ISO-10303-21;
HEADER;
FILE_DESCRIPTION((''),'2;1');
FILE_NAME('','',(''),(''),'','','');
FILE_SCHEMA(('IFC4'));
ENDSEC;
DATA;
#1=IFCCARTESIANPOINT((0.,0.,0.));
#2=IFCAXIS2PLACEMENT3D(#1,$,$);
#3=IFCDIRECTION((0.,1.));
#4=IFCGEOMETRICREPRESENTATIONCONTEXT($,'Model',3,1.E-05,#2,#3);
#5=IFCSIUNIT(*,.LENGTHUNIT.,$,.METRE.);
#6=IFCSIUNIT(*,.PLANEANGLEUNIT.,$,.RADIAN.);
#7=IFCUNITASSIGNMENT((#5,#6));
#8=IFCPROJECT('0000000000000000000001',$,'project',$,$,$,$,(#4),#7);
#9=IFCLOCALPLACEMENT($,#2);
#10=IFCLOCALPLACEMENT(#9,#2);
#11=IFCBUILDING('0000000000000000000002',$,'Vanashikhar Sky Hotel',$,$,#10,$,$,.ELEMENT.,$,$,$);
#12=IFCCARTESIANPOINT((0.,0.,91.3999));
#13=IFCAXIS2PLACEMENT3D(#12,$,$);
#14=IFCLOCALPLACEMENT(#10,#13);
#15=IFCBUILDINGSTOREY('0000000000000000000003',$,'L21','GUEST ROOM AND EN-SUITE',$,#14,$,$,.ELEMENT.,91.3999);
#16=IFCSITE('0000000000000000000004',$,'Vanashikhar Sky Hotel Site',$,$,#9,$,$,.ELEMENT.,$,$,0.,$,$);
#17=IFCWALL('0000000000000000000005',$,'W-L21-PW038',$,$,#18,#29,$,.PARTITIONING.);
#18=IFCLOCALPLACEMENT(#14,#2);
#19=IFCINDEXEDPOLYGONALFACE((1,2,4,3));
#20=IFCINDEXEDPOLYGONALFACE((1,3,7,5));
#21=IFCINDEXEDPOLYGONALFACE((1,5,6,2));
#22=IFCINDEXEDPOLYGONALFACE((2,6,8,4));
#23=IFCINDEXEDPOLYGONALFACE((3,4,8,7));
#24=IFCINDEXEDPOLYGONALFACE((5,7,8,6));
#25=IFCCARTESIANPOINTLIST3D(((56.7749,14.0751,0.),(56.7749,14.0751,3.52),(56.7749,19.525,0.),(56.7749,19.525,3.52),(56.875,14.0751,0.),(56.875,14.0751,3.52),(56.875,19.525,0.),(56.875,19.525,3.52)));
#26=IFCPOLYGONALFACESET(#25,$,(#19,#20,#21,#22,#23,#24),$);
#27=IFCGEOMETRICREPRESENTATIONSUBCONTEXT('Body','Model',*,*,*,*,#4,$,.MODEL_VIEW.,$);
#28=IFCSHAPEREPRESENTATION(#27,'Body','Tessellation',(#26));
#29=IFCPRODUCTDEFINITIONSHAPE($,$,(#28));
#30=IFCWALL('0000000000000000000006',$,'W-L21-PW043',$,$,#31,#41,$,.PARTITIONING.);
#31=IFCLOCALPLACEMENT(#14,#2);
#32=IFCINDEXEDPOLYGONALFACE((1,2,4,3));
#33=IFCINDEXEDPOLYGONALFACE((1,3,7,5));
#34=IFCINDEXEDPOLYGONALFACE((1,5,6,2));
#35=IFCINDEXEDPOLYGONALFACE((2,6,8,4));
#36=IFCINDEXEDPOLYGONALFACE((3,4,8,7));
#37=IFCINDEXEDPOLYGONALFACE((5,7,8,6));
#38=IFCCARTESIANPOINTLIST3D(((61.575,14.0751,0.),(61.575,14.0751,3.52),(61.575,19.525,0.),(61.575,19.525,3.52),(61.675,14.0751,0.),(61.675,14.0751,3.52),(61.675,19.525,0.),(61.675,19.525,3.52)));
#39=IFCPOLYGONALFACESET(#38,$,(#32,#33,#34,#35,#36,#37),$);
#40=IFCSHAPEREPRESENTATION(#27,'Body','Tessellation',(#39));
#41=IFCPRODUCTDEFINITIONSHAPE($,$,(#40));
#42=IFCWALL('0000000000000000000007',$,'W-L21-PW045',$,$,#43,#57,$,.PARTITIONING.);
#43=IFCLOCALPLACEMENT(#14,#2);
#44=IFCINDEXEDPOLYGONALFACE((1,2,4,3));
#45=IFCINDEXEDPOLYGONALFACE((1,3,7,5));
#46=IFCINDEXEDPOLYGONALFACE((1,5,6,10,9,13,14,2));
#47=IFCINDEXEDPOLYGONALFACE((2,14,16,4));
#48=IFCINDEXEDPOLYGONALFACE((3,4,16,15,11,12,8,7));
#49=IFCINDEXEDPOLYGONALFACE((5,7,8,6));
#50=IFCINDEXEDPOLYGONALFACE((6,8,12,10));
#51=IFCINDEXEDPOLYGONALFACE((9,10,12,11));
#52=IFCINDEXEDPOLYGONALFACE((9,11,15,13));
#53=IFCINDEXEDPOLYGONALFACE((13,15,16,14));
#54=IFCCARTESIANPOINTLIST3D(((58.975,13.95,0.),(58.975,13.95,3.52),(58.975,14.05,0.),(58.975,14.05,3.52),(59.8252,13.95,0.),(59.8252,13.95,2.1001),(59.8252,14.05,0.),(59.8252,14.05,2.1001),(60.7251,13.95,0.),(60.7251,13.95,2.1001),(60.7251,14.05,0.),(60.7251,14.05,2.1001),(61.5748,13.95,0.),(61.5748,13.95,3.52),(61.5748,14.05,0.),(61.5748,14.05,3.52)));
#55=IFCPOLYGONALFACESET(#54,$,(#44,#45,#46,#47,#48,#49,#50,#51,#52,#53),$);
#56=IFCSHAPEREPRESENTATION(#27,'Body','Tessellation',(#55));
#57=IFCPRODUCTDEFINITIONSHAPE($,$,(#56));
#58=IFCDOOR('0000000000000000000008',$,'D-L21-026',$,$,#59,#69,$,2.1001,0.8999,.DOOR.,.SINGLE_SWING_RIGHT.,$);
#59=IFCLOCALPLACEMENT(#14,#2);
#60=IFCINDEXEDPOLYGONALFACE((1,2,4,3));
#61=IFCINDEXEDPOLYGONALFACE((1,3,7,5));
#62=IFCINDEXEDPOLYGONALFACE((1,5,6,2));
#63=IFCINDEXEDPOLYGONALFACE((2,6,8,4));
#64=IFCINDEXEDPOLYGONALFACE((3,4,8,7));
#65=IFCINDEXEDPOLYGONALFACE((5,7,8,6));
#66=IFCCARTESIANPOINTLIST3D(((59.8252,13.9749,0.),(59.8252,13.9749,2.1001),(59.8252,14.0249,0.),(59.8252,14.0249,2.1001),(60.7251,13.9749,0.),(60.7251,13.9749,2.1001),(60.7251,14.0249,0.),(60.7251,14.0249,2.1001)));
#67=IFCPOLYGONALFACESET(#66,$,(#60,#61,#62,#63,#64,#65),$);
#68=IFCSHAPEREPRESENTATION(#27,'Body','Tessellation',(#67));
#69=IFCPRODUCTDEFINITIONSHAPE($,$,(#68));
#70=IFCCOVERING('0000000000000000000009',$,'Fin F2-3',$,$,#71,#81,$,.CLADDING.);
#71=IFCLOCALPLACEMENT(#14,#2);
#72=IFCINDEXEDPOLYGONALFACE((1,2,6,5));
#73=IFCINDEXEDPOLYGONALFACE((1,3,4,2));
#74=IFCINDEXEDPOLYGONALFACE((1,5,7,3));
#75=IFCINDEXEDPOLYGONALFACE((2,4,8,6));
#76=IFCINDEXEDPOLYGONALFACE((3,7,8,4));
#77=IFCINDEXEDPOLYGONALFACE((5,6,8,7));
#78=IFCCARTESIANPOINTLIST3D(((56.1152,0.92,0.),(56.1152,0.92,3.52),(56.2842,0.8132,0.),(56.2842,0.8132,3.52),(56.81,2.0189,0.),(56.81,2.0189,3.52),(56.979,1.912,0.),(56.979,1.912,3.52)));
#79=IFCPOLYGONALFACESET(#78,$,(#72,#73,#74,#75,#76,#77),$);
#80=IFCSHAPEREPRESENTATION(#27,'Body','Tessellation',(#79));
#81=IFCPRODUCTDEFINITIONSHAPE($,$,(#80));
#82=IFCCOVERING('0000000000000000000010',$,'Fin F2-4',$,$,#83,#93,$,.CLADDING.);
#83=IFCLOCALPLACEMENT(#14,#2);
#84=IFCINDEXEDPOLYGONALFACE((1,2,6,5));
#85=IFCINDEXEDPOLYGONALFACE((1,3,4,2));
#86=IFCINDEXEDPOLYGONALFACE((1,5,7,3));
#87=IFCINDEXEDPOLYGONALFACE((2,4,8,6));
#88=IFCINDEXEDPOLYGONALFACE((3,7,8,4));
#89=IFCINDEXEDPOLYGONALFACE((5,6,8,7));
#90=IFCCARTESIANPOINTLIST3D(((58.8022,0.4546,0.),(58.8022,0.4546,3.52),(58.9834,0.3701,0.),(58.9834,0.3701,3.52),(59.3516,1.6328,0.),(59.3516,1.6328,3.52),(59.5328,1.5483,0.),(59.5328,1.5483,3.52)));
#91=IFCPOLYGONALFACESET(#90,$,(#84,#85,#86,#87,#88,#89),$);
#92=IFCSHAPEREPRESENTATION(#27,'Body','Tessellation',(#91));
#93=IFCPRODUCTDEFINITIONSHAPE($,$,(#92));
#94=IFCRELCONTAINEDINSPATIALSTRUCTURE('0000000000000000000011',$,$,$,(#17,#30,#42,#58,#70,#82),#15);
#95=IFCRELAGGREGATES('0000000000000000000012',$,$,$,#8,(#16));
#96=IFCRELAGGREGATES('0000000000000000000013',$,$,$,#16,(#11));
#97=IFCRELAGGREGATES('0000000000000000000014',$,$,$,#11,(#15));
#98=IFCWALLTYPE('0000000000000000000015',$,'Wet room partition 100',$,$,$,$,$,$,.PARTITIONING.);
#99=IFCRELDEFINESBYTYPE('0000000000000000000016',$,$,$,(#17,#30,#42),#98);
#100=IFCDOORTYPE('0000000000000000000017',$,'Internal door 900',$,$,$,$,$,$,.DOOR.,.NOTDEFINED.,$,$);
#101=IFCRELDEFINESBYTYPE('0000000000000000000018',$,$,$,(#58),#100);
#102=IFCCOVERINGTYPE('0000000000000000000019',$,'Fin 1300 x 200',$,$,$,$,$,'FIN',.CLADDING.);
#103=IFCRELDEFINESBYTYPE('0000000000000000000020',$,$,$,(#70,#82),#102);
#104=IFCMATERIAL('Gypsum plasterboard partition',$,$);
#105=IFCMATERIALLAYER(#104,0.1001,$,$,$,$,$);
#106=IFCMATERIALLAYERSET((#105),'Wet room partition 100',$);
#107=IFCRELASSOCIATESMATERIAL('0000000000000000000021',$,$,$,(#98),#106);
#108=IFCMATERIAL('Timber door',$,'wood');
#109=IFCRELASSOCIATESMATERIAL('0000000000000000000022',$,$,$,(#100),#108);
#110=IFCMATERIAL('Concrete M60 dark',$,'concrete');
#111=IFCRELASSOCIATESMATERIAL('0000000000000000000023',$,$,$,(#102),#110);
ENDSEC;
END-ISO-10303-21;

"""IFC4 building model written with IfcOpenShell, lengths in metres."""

from ifc_helpers import new_model, si_unit, direction, frame, frame_2d, origin, origin_2d, place, context, subcontext, project, spatial, rectangle, extrude, source, transform, mapped, material, layer, layer_set, material_profile, profile_set, type_object, element, fill, save


model = new_model("IFC4")

# Units and contexts
model_context = context("Model", 3, precision=1e-05, world=origin(), true_north=direction((0.0, 1.0)))
body_context = subcontext(model_context, "Body", "Model", "MODEL_VIEW")
ifc_project = project(units=[si_unit("LENGTHUNIT", "METRE"), si_unit("PLANEANGLEUNIT", "RADIAN")], contexts=[model_context])

# Site, building, storey
site_placement = place(None, origin())
site = spatial("IfcSite", under=ifc_project, at=site_placement, Name="Vanashikhar Sky Hotel Site", CompositionType="ELEMENT", RefElevation=0.0)
building_placement = place(site_placement, origin())
building = spatial("IfcBuilding", under=site, at=building_placement, Name="Vanashikhar Sky Hotel", CompositionType="ELEMENT")
storey_placement = place(building_placement, frame((0.0, 0.0, 91.3999)))
storey = spatial("IfcBuildingStorey", under=building, at=storey_placement, Name="L21", Description="GUEST ROOM AND EN-SUITE", CompositionType="ELEMENT", Elevation=91.3999)

# Walls
ifc_material_1 = material(Name="Gypsum plasterboard partition")
ifc_layer_1 = layer(ifc_material_1, 0.1001)
ifc_layer_set_1 = layer_set([ifc_layer_1], Name="Wet room partition 100")
wall_type_1 = type_object("IfcWallType", Name="Wet room partition 100", PredefinedType="PARTITIONING", material=ifc_layer_set_1)
shared_shape_1 = source(origin(), body_context, "Body", "SweptSolid", [
    extrude(rectangle(XDim=5.45, YDim=0.1001, at=frame_2d((2.7251, 0.0))), origin(), (0.0, 0.0, 1.0), 3.52),
])
for number, where, z_axis, x_axis, name in (
    (1, (56.825, 14.075, 0.0), (0.0, 0.0, 1.0), (0.0, 1.0, 0.0), "W-L21-PW038"),
    (2, (61.625, 14.075, 0.0), (0.0, 0.0, 1.0), (0.0, 1.0, 0.0), "W-L21-PW043"),
):
    element("IfcWall", number, at=place(storey_placement, frame(where, z_axis=z_axis, x_axis=x_axis)), inside=storey, type_object=wall_type_1, Name=name, PredefinedType="PARTITIONING", context=body_context, shape_type="MappedRepresentation", body=[
        mapped(shared_shape_1, transform((0.0, 0.0, 0.0), scale=1.0)),
    ])

# Wall, opening, door
shared_shape_2 = source(origin(), body_context, "Body", "SweptSolid", [
    extrude(rectangle(XDim=2.5999, YDim=0.1001, at=frame_2d((1.2998, 0.0))), origin(), (0.0, 0.0, 1.0), 3.52),
])
wall_1_placement = place(storey_placement, frame((58.9751, 14.0, 0.0), z_axis=(0.0, 0.0, 1.0), x_axis=(1.0, 0.0, 0.0)))
wall_1 = element("IfcWall", 3, at=wall_1_placement, inside=storey, type_object=wall_type_1, Name="W-L21-PW045", PredefinedType="PARTITIONING", context=body_context, shape_type="MappedRepresentation", body=[
    mapped(shared_shape_2, transform((0.0, 0.0, 0.0), scale=1.0)),
])
shared_shape_3 = source(origin(), body_context, "Body", "SweptSolid", [
    extrude(rectangle(XDim=0.8999, YDim=2.1001, at=frame_2d((0.45, 1.05))), frame((0.0, 0.0601, 0.0), z_axis=(0.0, -1.0, 0.0), x_axis=(1.0, 0.0, 0.0)), (0.0, 0.0, 1.0), 0.1201),
])
opening_1_placement = place(wall_1_placement, frame((0.8501, 0.0, 0.0)))
opening_1 = element("IfcOpeningElement", 4, at=opening_1_placement, cuts=wall_1, PredefinedType="OPENING", context=body_context, shape_type="MappedRepresentation", body=[
    mapped(shared_shape_3, transform((0.0, 0.0, 0.0), scale=1.0)),
])
ifc_material_2 = material(Name="Timber door", Category="wood")
door_type = type_object("IfcDoorType", Name="Internal door 900", OperationType="NOTDEFINED", PredefinedType="DOOR", material=ifc_material_2)
shared_shape_4 = source(origin(), body_context, "Body", "SweptSolid", [
    extrude(rectangle(XDim=0.8999, YDim=2.1001, at=frame_2d((0.45, 1.05))), frame((0.0, 0.0249, 0.0), z_axis=(0.0, -1.0, 0.0), x_axis=(1.0, 0.0, 0.0)), (0.0, 0.0, 1.0), 0.05),
])
door_placement = place(opening_1_placement, origin())
door = element("IfcDoor", 5, at=door_placement, inside=storey, type_object=door_type, Name="D-L21-026", OperationType="SINGLE_SWING_RIGHT", OverallHeight=2.1001, OverallWidth=0.8999, PredefinedType="DOOR", context=body_context, shape_type="MappedRepresentation", body=[
    mapped(shared_shape_4, transform((0.0, 0.0, 0.0), scale=1.0)),
])
fill(opening_1, door)

# Coverings
ifc_material_3 = material(Name="Concrete M60 dark", Category="concrete")
ifc_material_profile = material_profile(ifc_material_3, rectangle(XDim=1.3, YDim=0.2, at=origin_2d()))
ifc_profile_set = profile_set([ifc_material_profile], Name="Fin 1300 x 200")
covering_type = type_object("IfcCoveringType", Name="Fin 1300 x 200", ElementType="FIN", PredefinedType="CLADDING", material=ifc_profile_set)
shared_shape_5 = source(origin(), body_context, "Body", "SweptSolid", [
    extrude(rectangle(XDim=1.3, YDim=0.2, at=origin_2d()), origin(), (0.0, 0.0, 1.0), 3.52),
])
for number, where, z_axis, x_axis, name in (
    (6, (56.5471, 1.416, 0.0), (0.0, 0.0, 1.0), (-0.534411, -0.845225, 0.0), "Fin F2-3"),
    (7, (59.1675, 1.0015, 0.0), (0.0, 0.0, 1.0), (-0.422618, -0.906308, 0.0), "Fin F2-4"),
):
    element("IfcCovering", number, at=place(storey_placement, frame(where, z_axis=z_axis, x_axis=x_axis)), inside=storey, type_object=covering_type, Name=name, PredefinedType="CLADDING", context=body_context, shape_type="MappedRepresentation", body=[
        mapped(shared_shape_5, transform((0.0, 0.0, 0.0), scale=1.0)),
    ])

save(model, "model.ifc")
